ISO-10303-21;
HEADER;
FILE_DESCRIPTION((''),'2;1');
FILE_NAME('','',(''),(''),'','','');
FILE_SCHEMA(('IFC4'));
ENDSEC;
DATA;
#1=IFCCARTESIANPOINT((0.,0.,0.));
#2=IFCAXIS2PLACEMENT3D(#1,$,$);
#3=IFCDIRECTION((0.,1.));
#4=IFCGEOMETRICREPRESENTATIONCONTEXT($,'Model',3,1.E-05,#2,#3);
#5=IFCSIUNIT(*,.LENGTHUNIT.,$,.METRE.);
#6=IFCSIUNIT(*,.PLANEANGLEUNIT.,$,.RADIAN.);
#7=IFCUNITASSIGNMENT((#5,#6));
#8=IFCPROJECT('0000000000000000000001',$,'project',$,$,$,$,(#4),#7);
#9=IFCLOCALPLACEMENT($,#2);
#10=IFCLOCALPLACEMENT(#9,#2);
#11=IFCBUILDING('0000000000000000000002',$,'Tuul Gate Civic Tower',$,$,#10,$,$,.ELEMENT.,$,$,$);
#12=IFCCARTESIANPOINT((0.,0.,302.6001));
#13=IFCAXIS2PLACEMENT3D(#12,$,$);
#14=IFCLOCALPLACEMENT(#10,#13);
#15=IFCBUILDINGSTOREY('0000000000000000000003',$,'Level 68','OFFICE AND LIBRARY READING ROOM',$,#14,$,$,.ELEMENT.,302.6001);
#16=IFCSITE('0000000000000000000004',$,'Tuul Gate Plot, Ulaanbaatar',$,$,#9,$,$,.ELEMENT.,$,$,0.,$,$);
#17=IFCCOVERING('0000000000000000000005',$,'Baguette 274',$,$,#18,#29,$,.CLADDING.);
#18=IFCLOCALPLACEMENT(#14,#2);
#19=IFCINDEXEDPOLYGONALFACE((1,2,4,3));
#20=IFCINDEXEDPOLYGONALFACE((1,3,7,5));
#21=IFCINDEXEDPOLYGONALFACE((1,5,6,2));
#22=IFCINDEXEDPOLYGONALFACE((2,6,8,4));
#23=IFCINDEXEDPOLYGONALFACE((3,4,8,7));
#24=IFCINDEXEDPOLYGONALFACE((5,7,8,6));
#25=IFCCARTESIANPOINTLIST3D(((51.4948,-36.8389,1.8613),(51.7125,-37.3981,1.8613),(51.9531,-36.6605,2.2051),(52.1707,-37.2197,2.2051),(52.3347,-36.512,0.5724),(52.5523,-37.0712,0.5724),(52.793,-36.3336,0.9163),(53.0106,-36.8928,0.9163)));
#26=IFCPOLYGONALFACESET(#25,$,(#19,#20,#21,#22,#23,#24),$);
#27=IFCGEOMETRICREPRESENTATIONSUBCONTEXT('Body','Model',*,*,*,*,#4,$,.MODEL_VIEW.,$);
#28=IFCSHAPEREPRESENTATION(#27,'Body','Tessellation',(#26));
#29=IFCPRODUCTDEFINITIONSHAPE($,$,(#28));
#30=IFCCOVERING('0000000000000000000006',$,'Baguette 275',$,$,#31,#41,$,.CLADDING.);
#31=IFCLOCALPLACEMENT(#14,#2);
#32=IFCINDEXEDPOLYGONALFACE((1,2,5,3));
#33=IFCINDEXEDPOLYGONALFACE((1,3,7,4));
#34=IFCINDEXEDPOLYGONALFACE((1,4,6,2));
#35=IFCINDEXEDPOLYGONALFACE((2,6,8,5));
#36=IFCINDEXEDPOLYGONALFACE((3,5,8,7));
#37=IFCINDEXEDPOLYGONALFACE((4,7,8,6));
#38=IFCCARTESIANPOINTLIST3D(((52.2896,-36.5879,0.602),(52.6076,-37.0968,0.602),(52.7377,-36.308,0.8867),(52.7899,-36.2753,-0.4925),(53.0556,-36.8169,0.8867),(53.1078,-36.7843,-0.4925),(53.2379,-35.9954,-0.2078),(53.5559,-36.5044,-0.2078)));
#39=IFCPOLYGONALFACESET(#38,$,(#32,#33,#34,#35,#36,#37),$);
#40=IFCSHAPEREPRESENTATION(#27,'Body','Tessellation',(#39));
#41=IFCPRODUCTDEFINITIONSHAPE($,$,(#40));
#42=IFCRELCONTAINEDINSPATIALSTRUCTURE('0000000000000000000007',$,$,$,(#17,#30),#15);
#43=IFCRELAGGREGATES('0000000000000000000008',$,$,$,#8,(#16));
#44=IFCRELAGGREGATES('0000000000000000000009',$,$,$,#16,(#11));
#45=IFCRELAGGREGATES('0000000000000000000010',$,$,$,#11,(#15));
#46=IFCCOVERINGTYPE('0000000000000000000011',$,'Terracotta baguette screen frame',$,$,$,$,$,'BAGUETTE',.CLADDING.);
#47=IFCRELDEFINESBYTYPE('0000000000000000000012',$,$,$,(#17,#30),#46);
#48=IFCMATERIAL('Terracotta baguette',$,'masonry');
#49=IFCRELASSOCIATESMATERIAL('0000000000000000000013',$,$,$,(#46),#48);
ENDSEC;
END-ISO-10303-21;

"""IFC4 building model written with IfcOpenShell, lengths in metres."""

from ifc_helpers import new_model, si_unit, direction, frame, origin, origin_2d, place, context, subcontext, project, spatial, rectangle, extrude, material, material_profile, profile_set, type_object, element, save


model = new_model("IFC4")

# Units and contexts
model_context = context("Model", 3, precision=1e-05, world=origin(), true_north=direction((0.0, 1.0)))
body_context = subcontext(model_context, "Body", "Model", "MODEL_VIEW")
ifc_project = project(units=[si_unit("LENGTHUNIT", "METRE"), si_unit("PLANEANGLEUNIT", "RADIAN")], contexts=[model_context])

# Site, building, storey
site_placement = place(None, origin())
site = spatial("IfcSite", under=ifc_project, at=site_placement, Name="Tuul Gate Plot, Ulaanbaatar", CompositionType="ELEMENT", RefElevation=0.0)
building_placement = place(site_placement, origin())
building = spatial("IfcBuilding", under=site, at=building_placement, Name="Tuul Gate Civic Tower", CompositionType="ELEMENT")
storey_placement = place(building_placement, frame((0.0, 0.0, 302.6001)))
storey = spatial("IfcBuildingStorey", under=building, at=storey_placement, Name="Level 68", Description="OFFICE AND LIBRARY READING ROOM", CompositionType="ELEMENT", Elevation=302.6001)

# Coverings
ifc_material_1 = material(Name="Terracotta baguette", Category="masonry")
ifc_material_profile_1 = material_profile(ifc_material_1, rectangle(XDim=0.6001, YDim=0.6001, at=origin_2d()), Name="Terracotta baguette screen frame")
ifc_profile_set_1 = profile_set([ifc_material_profile_1], Name="Terracotta baguette")
covering_type = type_object("IfcCoveringType", Name="Terracotta baguette screen frame", ElementType="BAGUETTE", PredefinedType="CLADDING", material=ifc_profile_set_1)
covering_1_placement = place(storey_placement, frame((51.8328, -37.0293, 2.0332), z_axis=(0.534028, 0.207867, -0.819515), x_axis=(-0.362734, 0.931893, 0.0)))
element("IfcCovering", 1, at=covering_1_placement, inside=storey, type_object=covering_type, Name="Baguette 274", PredefinedType="CLADDING", context=body_context, shape_type="SweptSolid", body=[
    extrude(rectangle(XDim=0.6001, YDim=0.6001, at=origin_2d()), origin(), (0.0, 0.0, 1.0), 1.5728),
])
covering_2_placement = place(storey_placement, frame((52.6726, -36.7024, 0.7444), z_axis=(0.402352, 0.251347, -0.880305), x_axis=(-0.529813, 0.848115, 0.0)))
element("IfcCovering", 2, at=covering_2_placement, inside=storey, type_object=covering_type, Name="Baguette 275", PredefinedType="CLADDING", context=body_context, shape_type="SweptSolid", body=[
    extrude(rectangle(XDim=0.6001, YDim=0.6001, at=origin_2d()), origin(), (0.0, 0.0, 1.0), 1.2434),
])

save(model, "model.ifc")
